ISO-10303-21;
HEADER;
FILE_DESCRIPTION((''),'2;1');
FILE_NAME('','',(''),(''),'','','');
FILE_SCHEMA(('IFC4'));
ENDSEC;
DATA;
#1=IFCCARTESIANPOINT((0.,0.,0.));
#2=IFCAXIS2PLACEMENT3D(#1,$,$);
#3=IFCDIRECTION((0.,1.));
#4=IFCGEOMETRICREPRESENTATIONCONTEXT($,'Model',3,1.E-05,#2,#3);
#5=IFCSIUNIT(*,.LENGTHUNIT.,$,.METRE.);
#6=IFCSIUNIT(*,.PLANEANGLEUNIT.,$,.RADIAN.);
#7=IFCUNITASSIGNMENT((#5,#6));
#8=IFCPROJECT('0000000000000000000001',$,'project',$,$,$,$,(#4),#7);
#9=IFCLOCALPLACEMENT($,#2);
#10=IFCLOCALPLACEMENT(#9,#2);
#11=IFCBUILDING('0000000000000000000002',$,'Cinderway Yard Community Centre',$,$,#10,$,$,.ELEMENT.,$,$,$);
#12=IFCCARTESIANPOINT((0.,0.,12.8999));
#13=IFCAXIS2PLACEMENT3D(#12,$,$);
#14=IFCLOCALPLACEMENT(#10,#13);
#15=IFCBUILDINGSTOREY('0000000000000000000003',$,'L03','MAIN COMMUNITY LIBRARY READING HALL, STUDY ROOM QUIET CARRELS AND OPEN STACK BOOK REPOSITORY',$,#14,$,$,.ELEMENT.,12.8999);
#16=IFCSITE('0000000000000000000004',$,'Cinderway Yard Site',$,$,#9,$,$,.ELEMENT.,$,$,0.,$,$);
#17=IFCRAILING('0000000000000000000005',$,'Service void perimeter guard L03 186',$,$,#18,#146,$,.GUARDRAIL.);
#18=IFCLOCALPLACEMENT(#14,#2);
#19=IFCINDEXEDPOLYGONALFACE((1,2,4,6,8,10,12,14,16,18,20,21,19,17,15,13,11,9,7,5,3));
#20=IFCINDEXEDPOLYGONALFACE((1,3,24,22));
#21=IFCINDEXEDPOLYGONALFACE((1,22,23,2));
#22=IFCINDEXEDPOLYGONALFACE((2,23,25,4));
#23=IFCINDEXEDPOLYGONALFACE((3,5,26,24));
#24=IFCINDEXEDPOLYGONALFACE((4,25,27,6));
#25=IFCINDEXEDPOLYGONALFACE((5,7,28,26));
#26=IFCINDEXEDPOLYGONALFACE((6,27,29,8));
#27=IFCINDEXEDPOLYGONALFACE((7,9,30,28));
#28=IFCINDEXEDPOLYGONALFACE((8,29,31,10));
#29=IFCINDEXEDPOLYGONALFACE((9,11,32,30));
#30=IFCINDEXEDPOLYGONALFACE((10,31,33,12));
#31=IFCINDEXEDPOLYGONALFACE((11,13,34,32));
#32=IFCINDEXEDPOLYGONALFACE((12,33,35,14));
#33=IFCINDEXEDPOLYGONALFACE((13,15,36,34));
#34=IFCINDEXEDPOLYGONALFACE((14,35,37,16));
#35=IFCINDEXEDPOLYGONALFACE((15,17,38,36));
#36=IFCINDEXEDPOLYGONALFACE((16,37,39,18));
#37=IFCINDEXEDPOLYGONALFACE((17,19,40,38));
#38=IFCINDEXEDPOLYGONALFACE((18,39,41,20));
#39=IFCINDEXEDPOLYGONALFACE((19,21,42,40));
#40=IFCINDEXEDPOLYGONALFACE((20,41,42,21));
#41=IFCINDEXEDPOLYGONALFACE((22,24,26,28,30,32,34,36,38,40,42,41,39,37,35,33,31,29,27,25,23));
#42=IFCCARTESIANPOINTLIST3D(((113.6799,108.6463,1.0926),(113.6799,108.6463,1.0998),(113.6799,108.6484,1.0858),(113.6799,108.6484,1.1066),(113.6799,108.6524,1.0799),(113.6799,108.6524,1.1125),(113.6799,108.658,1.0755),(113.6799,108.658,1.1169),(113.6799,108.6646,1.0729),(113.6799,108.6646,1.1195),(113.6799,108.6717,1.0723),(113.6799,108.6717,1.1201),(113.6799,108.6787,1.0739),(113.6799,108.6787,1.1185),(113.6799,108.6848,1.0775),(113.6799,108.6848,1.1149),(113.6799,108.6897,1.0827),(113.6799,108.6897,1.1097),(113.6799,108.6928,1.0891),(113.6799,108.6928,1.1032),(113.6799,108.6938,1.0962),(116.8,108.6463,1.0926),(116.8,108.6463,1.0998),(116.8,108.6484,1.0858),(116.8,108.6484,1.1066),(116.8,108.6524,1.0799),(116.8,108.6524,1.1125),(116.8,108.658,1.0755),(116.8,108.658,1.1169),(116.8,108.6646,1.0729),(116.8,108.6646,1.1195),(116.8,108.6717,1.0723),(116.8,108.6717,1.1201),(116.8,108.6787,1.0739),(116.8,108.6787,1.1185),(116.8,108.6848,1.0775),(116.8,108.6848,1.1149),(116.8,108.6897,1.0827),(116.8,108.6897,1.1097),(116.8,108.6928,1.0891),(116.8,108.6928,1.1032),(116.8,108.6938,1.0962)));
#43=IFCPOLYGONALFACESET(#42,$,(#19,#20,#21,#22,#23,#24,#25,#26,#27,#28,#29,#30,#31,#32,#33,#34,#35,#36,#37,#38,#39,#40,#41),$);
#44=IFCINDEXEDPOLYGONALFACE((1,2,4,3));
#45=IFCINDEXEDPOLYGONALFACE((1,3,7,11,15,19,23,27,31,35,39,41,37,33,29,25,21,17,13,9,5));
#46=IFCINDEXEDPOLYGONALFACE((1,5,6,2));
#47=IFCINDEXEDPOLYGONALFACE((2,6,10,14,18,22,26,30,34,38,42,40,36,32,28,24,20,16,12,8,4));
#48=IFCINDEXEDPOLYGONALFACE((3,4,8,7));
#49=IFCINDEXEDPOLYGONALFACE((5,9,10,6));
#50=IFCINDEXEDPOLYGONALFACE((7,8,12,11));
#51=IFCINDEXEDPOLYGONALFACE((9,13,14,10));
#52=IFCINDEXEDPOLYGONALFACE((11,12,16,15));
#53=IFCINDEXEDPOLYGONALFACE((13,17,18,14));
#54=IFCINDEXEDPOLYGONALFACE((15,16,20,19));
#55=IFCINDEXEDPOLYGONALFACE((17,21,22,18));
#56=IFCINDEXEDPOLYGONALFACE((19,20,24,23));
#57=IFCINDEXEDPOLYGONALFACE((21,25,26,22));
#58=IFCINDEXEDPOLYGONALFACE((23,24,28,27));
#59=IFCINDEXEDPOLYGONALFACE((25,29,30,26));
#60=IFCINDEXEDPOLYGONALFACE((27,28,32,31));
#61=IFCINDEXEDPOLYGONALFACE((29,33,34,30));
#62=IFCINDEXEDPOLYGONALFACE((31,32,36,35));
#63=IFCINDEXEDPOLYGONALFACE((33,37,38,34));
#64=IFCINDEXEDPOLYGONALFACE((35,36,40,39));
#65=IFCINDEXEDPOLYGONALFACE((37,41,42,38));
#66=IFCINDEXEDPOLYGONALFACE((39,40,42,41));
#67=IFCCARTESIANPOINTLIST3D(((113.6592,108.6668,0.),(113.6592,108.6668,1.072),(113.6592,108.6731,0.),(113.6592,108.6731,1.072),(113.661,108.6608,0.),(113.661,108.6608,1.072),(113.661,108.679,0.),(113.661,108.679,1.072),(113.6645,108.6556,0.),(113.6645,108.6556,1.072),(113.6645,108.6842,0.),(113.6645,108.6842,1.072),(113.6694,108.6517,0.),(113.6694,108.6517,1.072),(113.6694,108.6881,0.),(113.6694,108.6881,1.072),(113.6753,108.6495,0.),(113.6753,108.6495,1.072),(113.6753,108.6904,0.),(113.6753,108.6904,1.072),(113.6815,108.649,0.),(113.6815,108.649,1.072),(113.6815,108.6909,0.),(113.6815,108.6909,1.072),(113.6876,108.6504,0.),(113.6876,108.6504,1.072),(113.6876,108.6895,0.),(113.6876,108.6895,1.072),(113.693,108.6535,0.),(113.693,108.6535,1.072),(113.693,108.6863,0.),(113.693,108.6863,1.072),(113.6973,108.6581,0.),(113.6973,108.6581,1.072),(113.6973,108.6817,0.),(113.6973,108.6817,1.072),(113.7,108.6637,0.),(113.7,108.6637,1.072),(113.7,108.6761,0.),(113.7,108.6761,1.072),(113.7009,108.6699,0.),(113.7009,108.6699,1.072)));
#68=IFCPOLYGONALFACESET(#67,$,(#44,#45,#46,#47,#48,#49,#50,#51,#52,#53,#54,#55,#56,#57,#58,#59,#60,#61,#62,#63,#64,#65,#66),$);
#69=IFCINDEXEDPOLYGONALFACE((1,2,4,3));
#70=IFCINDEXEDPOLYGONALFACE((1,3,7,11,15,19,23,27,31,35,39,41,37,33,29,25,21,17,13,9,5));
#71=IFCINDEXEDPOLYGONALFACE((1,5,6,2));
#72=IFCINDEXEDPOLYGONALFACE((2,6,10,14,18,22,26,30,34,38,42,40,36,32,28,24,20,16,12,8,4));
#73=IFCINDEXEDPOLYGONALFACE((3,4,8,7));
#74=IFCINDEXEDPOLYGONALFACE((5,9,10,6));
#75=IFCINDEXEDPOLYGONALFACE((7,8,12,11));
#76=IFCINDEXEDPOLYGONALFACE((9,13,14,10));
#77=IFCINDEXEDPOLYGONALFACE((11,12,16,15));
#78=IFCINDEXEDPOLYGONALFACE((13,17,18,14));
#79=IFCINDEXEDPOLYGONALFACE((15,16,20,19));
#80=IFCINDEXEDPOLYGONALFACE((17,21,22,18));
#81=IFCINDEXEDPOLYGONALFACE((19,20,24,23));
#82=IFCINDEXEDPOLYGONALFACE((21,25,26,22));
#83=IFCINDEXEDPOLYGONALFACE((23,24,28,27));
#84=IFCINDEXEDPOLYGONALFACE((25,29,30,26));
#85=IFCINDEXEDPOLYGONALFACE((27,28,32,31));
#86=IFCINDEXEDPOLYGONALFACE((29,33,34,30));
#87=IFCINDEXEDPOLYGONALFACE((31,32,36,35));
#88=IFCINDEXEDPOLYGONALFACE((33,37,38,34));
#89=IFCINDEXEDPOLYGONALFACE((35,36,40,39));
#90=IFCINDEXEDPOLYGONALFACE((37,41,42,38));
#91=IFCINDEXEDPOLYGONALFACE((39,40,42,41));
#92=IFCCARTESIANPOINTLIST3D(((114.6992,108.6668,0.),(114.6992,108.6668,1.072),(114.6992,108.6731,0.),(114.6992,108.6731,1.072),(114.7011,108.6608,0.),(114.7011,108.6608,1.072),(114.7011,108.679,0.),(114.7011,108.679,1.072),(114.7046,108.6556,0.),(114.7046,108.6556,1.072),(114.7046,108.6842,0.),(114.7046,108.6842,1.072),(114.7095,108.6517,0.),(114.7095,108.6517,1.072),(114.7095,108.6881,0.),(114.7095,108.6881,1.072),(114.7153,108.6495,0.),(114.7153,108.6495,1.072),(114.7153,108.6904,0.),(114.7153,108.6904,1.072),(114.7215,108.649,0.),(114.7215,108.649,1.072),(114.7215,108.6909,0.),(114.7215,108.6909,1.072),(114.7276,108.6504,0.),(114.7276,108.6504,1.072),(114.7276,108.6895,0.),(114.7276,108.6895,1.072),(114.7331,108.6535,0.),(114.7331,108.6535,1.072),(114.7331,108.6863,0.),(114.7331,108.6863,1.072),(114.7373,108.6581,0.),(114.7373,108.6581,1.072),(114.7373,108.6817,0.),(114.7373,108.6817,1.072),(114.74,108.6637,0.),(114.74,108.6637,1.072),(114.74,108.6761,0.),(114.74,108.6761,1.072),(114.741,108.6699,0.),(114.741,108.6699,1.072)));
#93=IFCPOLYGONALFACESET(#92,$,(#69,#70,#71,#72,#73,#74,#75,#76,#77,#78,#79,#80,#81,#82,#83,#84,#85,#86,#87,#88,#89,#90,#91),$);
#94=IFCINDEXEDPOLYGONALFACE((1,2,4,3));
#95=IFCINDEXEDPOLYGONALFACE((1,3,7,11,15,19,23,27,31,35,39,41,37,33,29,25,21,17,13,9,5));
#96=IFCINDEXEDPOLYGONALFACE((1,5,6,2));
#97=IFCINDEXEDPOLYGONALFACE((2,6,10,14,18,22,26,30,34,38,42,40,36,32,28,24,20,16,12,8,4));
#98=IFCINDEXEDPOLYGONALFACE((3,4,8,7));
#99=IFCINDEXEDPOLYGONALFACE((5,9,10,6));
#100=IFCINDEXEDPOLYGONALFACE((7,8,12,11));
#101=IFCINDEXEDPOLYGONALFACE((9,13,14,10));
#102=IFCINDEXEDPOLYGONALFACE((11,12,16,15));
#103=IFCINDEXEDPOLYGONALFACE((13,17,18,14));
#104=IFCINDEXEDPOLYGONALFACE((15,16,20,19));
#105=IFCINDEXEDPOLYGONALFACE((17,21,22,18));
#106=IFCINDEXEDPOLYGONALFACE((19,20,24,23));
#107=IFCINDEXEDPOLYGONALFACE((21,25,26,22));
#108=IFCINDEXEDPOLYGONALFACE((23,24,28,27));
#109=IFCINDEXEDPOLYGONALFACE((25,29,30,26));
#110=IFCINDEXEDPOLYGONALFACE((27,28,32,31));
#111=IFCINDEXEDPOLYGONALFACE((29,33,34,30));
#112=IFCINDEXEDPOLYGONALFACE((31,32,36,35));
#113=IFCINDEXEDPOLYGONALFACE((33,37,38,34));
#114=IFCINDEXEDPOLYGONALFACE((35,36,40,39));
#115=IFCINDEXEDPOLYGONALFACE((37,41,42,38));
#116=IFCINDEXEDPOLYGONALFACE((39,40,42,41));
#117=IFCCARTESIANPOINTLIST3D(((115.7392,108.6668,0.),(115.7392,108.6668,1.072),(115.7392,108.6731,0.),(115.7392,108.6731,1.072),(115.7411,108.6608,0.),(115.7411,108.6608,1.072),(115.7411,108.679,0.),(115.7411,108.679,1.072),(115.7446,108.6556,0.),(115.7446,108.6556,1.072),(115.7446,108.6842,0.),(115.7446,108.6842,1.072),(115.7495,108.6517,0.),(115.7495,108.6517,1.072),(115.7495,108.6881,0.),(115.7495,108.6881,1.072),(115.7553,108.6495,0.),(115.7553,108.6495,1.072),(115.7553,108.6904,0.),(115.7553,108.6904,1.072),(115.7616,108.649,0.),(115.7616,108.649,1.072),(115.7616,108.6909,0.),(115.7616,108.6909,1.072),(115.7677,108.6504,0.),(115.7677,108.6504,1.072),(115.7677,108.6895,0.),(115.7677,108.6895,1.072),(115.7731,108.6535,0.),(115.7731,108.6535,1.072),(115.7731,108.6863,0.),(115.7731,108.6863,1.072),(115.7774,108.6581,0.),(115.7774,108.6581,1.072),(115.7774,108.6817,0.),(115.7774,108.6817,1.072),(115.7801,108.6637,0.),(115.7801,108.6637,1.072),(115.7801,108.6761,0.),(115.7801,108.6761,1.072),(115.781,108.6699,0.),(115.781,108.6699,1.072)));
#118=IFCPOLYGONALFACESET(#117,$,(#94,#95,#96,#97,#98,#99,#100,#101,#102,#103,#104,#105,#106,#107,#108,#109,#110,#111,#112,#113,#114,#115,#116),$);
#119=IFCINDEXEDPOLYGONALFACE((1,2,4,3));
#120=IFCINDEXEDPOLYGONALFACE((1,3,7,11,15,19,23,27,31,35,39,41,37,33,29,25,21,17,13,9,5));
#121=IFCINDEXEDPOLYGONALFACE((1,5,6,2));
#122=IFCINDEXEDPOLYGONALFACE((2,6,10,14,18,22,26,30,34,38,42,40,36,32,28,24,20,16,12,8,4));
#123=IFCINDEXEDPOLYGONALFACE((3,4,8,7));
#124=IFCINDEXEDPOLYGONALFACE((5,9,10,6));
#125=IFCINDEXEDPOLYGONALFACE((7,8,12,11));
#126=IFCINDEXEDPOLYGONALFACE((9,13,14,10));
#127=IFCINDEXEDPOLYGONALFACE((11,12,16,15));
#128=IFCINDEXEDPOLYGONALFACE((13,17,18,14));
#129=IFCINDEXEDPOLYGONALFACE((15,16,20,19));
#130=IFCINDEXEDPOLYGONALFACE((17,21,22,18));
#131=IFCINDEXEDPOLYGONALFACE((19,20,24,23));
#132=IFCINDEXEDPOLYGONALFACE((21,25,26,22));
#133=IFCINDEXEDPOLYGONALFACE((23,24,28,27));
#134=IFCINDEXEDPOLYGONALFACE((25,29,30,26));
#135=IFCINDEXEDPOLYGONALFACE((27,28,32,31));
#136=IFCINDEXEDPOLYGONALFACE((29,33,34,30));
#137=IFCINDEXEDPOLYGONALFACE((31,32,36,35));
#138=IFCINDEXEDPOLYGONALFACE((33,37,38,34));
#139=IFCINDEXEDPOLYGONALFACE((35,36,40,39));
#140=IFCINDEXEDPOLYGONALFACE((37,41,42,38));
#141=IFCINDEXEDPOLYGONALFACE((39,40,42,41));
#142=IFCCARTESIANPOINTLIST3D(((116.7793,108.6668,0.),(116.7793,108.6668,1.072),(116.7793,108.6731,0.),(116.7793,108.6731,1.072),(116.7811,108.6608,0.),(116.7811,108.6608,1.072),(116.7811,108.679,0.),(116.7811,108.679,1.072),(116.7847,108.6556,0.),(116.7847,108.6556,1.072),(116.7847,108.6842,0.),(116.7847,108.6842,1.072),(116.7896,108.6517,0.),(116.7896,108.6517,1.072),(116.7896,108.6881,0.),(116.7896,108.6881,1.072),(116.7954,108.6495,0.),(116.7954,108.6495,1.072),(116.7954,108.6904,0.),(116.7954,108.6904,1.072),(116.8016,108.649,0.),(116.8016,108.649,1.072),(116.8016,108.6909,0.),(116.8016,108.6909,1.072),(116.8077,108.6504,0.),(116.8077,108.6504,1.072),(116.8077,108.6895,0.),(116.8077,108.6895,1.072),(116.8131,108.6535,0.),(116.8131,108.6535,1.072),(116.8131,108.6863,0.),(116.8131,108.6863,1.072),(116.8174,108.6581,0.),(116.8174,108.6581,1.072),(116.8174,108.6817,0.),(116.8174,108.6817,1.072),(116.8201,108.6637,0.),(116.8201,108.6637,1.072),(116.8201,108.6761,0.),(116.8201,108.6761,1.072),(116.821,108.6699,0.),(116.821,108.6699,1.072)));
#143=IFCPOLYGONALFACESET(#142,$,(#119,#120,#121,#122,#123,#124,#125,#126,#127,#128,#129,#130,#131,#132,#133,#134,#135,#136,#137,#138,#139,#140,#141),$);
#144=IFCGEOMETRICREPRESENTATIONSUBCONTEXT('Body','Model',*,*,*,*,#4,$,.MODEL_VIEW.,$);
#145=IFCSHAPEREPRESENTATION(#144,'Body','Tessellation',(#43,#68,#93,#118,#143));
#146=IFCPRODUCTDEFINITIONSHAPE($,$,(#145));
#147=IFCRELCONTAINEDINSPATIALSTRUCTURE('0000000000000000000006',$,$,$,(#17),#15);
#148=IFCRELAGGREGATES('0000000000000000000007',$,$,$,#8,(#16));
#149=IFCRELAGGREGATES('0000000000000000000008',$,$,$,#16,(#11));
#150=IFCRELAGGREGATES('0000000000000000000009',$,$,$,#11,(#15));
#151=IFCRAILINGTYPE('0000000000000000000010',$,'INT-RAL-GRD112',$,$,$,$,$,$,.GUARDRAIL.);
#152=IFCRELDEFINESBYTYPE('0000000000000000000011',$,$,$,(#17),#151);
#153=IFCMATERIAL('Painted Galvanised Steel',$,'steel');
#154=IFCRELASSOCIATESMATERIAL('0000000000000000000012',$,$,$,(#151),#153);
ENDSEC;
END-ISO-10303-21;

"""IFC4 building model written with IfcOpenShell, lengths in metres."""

from ifc_helpers import new_model, si_unit, direction, frame, origin, origin_2d, place, context, subcontext, project, spatial, circle, extrude, material, type_object, element, save


model = new_model("IFC4")

# Units and contexts
model_context = context("Model", 3, precision=1e-05, world=origin(), true_north=direction((0.0, 1.0)))
body_context = subcontext(model_context, "Body", "Model", "MODEL_VIEW")
ifc_project = project(units=[si_unit("LENGTHUNIT", "METRE"), si_unit("PLANEANGLEUNIT", "RADIAN")], contexts=[model_context])

# Site, building, storey
site_placement = place(None, origin())
site = spatial("IfcSite", under=ifc_project, at=site_placement, Name="Cinderway Yard Site", CompositionType="ELEMENT", RefElevation=0.0)
building_placement = place(site_placement, origin())
building = spatial("IfcBuilding", under=site, at=building_placement, Name="Cinderway Yard Community Centre", CompositionType="ELEMENT")
storey_placement = place(building_placement, frame((0.0, 0.0, 12.8999)))
storey = spatial("IfcBuildingStorey", under=building, at=storey_placement, Name="L03", Description="MAIN COMMUNITY LIBRARY READING HALL, STUDY ROOM QUIET CARRELS AND OPEN STACK BOOK REPOSITORY", CompositionType="ELEMENT", Elevation=12.8999)

# Shared definitions
ifc_material_1 = material(Name="Painted Galvanised Steel", Category="steel")

# Railing
railing_type_1 = type_object("IfcRailingType", Name="INT-RAL-GRD112", PredefinedType="GUARDRAIL", material=ifc_material_1)
railing_1_placement = place(storey_placement, frame((113.6799, 108.6699, 0.0)))
element("IfcRailing", 1, at=railing_1_placement, inside=storey, type_object=railing_type_1, Name="Service void perimeter guard L03 186", PredefinedType="GUARDRAIL", context=body_context, shape_type="SweptSolid", body=[
    extrude(circle(Radius=0.0239, at=origin_2d()), frame((0.0, 0.0, 1.0962), z_axis=(1.0, 0.0, 0.0), x_axis=(0.0, 1.0, 0.0)), (0.0, 0.0, 1.0), 3.1201),
    extrude(circle(Radius=0.021, at=origin_2d()), origin(), (0.0, 0.0, 1.0), 1.072),
    extrude(circle(Radius=0.021, at=origin_2d()), frame((1.04, 0.0, 0.0)), (0.0, 0.0, 1.0), 1.072),
    extrude(circle(Radius=0.021, at=origin_2d()), frame((2.0801, 0.0, 0.0)), (0.0, 0.0, 1.0), 1.072),
    extrude(circle(Radius=0.021, at=origin_2d()), frame((3.1201, 0.0, 0.0)), (0.0, 0.0, 1.0), 1.072),
])

save(model, "model.ifc")
